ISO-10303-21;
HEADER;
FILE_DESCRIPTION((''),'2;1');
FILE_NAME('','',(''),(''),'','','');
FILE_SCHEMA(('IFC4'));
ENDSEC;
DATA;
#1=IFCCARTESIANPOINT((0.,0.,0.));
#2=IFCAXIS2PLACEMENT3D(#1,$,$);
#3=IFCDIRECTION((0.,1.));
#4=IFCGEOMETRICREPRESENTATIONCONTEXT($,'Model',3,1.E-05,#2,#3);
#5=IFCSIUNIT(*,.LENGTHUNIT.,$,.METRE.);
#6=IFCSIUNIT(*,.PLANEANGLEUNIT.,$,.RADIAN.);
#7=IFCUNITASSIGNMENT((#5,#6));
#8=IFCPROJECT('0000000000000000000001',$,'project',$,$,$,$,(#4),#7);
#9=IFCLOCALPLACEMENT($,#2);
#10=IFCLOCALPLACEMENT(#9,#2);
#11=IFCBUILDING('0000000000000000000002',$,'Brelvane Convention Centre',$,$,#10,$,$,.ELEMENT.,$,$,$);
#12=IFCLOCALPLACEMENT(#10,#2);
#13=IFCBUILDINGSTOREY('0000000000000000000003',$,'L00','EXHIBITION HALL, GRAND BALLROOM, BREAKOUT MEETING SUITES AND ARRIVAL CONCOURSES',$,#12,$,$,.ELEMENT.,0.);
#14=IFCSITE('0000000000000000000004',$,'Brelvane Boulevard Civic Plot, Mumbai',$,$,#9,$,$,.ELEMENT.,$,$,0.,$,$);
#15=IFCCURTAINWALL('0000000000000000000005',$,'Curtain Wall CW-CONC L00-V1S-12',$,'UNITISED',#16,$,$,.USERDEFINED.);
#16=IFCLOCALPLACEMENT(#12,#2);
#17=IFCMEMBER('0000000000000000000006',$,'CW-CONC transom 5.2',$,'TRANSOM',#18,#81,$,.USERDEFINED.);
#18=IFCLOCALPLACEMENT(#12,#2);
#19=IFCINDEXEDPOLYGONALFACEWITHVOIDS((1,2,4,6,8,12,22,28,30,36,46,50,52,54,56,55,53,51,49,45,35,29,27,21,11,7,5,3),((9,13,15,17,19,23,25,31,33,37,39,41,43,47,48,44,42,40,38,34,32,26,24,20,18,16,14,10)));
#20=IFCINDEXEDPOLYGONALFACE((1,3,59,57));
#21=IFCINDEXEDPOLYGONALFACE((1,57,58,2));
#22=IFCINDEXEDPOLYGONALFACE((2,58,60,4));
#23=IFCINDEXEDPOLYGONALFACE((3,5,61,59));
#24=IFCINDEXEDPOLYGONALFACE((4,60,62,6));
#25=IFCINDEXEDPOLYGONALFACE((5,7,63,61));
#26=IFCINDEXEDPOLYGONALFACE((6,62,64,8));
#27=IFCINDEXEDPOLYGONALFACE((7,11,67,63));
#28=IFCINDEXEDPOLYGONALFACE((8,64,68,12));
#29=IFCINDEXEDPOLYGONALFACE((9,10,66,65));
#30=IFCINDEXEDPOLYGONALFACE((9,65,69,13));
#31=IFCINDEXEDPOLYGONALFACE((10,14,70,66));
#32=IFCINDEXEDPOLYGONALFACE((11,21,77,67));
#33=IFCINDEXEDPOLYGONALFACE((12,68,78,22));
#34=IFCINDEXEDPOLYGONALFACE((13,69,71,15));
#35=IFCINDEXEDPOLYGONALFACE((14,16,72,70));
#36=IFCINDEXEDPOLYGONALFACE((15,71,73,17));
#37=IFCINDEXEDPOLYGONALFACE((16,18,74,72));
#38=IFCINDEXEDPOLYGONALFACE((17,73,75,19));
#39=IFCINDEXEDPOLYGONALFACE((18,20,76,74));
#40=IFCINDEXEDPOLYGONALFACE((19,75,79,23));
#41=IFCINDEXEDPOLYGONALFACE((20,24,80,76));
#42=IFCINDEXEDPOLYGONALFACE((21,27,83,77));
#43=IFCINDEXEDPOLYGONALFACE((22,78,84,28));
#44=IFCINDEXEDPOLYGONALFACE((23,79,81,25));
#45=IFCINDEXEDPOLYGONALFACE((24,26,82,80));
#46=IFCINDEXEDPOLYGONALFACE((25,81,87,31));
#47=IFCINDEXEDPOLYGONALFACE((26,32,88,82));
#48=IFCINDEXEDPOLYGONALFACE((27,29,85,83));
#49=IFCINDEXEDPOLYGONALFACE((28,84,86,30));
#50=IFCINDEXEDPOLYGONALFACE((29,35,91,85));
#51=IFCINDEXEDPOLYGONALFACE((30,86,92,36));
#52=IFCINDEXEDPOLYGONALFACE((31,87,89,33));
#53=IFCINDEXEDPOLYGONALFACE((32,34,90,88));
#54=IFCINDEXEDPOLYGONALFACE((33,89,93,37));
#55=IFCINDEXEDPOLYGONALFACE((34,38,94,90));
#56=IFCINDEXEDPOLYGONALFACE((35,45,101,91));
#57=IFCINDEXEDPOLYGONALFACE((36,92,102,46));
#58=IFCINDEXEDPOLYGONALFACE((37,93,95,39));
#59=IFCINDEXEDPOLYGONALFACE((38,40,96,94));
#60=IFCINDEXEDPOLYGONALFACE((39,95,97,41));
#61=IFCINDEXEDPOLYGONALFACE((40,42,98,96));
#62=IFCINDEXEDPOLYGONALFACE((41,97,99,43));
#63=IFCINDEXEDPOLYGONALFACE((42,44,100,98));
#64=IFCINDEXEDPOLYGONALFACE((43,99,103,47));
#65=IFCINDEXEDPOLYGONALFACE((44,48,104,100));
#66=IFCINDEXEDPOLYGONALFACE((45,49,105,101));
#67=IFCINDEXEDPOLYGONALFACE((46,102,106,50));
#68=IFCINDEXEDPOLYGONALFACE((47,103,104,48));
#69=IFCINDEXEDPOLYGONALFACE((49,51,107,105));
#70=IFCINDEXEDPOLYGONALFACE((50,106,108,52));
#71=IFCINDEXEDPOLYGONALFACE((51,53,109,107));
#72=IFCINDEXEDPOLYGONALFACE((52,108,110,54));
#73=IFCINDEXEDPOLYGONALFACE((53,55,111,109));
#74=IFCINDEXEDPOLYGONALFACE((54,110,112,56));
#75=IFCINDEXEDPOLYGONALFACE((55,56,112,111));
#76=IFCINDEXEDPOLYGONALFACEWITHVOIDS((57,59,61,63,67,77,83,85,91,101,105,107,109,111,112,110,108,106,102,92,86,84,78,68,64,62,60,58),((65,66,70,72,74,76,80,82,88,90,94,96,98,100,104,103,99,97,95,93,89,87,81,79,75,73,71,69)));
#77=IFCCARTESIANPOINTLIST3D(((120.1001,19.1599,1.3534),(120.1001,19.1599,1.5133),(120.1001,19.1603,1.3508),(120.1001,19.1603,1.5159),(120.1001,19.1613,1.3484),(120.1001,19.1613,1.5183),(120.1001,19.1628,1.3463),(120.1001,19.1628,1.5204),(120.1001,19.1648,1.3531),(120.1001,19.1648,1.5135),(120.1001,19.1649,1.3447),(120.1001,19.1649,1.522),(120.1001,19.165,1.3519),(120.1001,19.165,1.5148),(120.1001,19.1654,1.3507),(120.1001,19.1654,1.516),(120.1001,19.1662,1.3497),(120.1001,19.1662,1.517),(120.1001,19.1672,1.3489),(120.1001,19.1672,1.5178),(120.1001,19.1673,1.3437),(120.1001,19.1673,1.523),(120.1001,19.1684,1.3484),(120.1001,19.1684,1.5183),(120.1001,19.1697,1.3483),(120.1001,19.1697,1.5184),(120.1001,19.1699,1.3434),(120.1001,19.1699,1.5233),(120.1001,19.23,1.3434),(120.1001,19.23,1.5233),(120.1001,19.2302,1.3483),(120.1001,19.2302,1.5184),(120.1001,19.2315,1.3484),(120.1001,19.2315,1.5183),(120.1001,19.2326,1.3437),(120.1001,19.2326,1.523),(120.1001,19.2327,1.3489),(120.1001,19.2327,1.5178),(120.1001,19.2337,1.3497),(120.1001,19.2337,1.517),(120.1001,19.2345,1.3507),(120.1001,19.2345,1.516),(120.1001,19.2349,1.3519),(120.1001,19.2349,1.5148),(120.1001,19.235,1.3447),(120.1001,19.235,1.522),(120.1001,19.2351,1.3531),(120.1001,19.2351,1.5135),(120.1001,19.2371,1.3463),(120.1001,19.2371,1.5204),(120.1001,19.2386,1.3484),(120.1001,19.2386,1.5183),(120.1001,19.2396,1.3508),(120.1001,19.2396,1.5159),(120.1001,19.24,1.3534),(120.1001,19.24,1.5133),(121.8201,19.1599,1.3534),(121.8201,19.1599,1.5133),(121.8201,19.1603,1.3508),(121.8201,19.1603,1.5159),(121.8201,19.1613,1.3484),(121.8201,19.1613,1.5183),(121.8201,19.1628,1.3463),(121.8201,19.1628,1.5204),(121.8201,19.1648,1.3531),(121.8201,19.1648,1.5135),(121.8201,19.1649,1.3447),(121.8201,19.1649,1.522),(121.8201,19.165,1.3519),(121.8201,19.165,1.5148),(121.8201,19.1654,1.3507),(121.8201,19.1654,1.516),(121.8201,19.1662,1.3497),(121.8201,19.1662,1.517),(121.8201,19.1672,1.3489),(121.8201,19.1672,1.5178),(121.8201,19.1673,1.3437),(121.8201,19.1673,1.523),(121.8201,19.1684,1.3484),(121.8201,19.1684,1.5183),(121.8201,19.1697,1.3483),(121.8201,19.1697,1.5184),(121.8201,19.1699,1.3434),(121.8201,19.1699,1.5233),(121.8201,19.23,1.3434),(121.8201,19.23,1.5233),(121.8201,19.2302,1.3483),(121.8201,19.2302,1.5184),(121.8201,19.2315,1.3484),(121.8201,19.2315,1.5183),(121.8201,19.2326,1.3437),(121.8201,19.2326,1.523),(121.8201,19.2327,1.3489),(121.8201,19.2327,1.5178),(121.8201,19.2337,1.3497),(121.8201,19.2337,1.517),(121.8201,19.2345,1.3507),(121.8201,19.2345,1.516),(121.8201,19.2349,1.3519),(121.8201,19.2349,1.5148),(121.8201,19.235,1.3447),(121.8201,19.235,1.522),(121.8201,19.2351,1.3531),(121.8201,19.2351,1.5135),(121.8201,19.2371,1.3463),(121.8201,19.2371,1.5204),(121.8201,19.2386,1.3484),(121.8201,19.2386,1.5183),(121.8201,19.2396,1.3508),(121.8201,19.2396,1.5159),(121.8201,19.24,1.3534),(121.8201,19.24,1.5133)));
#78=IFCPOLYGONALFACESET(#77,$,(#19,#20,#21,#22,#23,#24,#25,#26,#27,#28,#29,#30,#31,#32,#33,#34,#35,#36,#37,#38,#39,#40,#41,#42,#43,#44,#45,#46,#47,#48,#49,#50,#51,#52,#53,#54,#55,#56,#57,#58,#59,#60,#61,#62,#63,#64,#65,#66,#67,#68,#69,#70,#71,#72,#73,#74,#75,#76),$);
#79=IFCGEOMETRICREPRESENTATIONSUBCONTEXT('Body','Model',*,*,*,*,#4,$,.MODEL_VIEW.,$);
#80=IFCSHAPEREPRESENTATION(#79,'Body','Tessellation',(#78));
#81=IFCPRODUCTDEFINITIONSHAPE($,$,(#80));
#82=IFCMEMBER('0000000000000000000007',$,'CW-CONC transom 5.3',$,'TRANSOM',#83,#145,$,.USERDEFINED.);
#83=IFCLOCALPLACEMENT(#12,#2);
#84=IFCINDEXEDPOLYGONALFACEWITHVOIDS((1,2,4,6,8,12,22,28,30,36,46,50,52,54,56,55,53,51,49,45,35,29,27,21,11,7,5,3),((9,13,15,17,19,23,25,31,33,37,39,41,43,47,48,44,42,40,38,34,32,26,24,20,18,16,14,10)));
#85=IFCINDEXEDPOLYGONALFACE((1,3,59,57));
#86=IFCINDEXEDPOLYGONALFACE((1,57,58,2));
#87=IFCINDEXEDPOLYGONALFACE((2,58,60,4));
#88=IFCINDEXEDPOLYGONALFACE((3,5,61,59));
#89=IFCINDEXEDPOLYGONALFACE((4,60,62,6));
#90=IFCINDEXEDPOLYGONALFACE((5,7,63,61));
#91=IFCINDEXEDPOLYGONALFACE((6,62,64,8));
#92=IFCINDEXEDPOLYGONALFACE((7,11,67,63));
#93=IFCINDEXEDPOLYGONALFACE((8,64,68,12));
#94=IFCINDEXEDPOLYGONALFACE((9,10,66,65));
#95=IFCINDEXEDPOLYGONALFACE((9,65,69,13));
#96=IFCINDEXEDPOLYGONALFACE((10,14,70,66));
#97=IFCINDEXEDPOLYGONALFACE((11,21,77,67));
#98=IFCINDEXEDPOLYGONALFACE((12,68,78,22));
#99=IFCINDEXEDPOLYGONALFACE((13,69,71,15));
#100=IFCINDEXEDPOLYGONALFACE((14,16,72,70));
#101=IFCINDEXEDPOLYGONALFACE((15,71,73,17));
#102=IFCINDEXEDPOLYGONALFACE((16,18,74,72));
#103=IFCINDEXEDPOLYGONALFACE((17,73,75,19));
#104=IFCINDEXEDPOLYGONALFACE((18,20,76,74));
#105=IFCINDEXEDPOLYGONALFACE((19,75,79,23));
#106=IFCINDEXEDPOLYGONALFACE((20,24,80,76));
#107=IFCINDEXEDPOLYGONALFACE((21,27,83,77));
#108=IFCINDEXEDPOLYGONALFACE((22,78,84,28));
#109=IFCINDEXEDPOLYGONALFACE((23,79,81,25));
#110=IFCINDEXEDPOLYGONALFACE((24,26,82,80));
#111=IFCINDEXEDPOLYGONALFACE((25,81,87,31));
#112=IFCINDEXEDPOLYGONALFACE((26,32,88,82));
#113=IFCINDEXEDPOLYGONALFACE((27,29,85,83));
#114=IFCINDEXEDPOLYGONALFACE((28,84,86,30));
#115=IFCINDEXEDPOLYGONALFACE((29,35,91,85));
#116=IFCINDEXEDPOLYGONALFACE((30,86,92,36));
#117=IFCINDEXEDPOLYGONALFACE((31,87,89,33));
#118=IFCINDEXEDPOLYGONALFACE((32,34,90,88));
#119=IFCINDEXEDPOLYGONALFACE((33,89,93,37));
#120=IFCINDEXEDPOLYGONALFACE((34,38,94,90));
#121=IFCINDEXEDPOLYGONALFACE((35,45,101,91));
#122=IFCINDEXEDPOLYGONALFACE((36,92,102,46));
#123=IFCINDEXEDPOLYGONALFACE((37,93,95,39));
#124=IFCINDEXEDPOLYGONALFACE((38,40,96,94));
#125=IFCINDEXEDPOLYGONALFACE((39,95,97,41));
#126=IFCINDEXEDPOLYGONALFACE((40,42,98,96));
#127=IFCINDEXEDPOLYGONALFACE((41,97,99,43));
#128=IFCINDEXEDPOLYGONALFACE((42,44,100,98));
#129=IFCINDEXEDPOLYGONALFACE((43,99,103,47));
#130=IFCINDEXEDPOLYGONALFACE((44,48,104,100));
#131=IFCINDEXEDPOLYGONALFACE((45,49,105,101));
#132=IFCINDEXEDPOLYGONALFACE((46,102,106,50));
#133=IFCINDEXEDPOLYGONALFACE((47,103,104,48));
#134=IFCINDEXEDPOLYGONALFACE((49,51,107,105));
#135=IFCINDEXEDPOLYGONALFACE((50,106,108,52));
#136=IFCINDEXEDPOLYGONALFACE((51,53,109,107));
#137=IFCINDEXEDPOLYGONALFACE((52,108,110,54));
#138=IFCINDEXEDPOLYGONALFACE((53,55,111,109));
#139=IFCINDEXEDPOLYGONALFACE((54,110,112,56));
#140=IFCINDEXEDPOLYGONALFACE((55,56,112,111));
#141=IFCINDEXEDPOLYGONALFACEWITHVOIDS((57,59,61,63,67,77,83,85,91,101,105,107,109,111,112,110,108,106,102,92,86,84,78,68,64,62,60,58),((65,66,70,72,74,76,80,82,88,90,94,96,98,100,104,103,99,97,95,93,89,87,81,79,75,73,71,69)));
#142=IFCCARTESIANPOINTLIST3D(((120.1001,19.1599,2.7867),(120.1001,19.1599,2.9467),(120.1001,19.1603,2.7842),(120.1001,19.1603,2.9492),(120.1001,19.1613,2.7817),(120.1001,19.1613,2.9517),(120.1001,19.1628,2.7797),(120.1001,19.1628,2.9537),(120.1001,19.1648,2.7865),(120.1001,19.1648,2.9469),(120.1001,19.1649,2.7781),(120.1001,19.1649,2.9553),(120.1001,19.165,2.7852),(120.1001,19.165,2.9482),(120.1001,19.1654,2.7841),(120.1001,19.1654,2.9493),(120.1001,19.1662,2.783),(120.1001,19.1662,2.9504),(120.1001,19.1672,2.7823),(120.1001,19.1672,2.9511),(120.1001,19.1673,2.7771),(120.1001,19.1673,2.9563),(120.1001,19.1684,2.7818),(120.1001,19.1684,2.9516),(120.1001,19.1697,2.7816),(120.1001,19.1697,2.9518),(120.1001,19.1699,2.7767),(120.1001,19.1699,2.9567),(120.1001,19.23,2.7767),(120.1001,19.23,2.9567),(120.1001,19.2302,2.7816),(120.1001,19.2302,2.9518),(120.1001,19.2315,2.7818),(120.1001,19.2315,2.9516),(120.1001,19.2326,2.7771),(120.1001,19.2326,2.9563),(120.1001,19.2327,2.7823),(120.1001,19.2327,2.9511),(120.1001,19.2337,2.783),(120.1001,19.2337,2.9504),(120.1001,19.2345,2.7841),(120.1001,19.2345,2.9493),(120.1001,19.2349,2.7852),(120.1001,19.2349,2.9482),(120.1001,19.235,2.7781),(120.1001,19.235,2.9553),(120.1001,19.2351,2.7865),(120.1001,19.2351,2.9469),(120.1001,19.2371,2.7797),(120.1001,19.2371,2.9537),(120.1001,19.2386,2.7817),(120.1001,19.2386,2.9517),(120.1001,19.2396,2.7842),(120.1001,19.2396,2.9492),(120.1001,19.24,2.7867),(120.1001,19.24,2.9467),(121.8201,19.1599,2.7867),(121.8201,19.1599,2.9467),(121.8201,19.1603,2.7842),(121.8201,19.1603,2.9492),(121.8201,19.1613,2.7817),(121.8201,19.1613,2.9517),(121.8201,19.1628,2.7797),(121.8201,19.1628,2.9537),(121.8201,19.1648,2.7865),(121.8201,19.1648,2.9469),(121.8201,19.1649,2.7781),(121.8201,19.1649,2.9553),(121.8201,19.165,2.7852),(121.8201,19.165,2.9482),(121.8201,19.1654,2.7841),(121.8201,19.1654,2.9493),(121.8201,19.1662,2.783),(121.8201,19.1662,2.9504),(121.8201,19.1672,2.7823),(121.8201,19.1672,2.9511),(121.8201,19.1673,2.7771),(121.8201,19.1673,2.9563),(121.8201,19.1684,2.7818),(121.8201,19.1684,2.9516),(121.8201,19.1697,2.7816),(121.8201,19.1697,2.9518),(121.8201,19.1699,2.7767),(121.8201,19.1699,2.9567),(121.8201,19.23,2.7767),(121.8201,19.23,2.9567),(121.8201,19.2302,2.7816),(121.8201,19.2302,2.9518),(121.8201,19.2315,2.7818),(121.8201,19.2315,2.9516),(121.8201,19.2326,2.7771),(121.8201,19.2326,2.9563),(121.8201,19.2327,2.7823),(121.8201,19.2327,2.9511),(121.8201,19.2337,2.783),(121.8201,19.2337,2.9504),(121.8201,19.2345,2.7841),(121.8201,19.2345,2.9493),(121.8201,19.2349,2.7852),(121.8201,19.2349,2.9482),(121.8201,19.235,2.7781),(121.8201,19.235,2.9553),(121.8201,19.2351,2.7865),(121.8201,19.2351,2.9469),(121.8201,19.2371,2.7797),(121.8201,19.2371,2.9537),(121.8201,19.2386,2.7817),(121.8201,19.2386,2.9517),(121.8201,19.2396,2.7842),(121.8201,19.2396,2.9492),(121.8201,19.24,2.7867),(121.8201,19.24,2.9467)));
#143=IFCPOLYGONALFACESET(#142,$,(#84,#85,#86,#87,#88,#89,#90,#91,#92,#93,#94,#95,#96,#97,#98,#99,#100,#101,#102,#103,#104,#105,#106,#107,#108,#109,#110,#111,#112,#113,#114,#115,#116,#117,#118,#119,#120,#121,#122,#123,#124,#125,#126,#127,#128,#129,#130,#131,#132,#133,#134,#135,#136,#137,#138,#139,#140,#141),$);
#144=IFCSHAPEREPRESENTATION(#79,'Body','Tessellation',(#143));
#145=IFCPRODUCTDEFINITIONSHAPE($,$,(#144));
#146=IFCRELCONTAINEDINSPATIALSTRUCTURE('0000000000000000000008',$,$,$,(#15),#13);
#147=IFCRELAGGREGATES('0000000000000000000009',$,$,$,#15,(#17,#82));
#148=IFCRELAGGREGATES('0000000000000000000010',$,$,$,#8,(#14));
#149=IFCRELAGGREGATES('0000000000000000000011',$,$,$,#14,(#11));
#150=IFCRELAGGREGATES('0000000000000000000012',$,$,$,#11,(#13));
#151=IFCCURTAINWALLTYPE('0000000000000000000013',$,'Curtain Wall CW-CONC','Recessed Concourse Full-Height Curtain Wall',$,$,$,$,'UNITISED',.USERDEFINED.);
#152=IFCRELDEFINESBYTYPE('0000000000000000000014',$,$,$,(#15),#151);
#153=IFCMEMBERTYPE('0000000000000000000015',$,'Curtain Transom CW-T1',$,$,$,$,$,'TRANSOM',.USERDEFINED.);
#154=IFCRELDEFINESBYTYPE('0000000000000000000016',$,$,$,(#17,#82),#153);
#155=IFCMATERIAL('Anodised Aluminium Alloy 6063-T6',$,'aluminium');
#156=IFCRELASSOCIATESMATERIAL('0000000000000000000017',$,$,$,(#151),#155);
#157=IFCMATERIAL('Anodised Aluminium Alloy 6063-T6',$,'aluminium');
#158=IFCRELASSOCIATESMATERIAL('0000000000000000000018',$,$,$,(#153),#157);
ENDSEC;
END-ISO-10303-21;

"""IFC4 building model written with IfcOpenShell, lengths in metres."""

from ifc_helpers import new_model, si_unit, direction, frame, origin, origin_2d, place, context, subcontext, project, spatial, hollow_rectangle, extrude, material, material_profile, profile_set, type_object, element, aggregate, save


model = new_model("IFC4")

# Units and contexts
model_context = context("Model", 3, precision=1e-05, world=origin(), true_north=direction((0.0, 1.0)))
body_context = subcontext(model_context, "Body", "Model", "MODEL_VIEW")
ifc_project = project(units=[si_unit("LENGTHUNIT", "METRE"), si_unit("PLANEANGLEUNIT", "RADIAN")], contexts=[model_context])

# Site, building, storey
site_placement = place(None, origin())
site = spatial("IfcSite", under=ifc_project, at=site_placement, Name="Brelvane Boulevard Civic Plot, Mumbai", CompositionType="ELEMENT", RefElevation=0.0)
building_placement = place(site_placement, origin())
building = spatial("IfcBuilding", under=site, at=building_placement, Name="Brelvane Convention Centre", CompositionType="ELEMENT")
storey_placement = place(building_placement, origin())
storey = spatial("IfcBuildingStorey", under=building, at=storey_placement, Name="L00", Description="EXHIBITION HALL, GRAND BALLROOM, BREAKOUT MEETING SUITES AND ARRIVAL CONCOURSES", CompositionType="ELEMENT", Elevation=0.0)

# Curtain wall, members
ifc_material_1 = material(Name="Anodised Aluminium Alloy 6063-T6", Category="aluminium")
curtain_wall_type = type_object("IfcCurtainWallType", Name="Curtain Wall CW-CONC", Description="Recessed Concourse Full-Height Curtain Wall", ElementType="UNITISED", PredefinedType="USERDEFINED", material=ifc_material_1)
curtain_wall_placement = place(storey_placement, origin())
curtain_wall = element("IfcCurtainWall", 1, at=curtain_wall_placement, inside=storey, type_object=curtain_wall_type, Name="Curtain Wall CW-CONC L00-V1S-12", ObjectType="UNITISED", PredefinedType="USERDEFINED")
ifc_material_2 = material(Name="Anodised Aluminium Alloy 6063-T6", Category="aluminium")
ifc_material_profile_1 = material_profile(ifc_material_2, hollow_rectangle(XDim=0.0801, YDim=0.1799, WallThickness=0.0049, InnerFilletRadius=0.0049, OuterFilletRadius=0.01, at=origin_2d()), Name="ALU-T 180x80x5.0")
ifc_profile_set_1 = profile_set([ifc_material_profile_1], Name="Anodised Aluminium Alloy 6063-T6")
member_type_1 = type_object("IfcMemberType", Name="Curtain Transom CW-T1", ElementType="TRANSOM", PredefinedType="USERDEFINED", material=ifc_profile_set_1)
member_1_placement = place(storey_placement, frame((120.1001, 19.2, 1.4333), z_axis=(1.0, 0.0, 0.0), x_axis=(0.0, 1.0, 0.0)))
member_1 = element("IfcMember", 2, at=member_1_placement, type_object=member_type_1, Name="CW-CONC transom 5.2", ObjectType="TRANSOM", PredefinedType="USERDEFINED", context=body_context, shape_type="SweptSolid", body=[
    extrude(hollow_rectangle(XDim=0.0801, YDim=0.1799, WallThickness=0.0049, InnerFilletRadius=0.0049, OuterFilletRadius=0.01, at=origin_2d()), origin(), (0.0, 0.0, 1.0), 1.72),
])
member_2_placement = place(storey_placement, frame((120.1001, 19.2, 2.8667), z_axis=(1.0, 0.0, 0.0), x_axis=(0.0, 1.0, 0.0)))
member_2 = element("IfcMember", 3, at=member_2_placement, type_object=member_type_1, Name="CW-CONC transom 5.3", ObjectType="TRANSOM", PredefinedType="USERDEFINED", context=body_context, shape_type="SweptSolid", body=[
    extrude(hollow_rectangle(XDim=0.0801, YDim=0.1799, WallThickness=0.0049, InnerFilletRadius=0.0049, OuterFilletRadius=0.01, at=origin_2d()), origin(), (0.0, 0.0, 1.0), 1.72),
])
aggregate(curtain_wall, [member_1, member_2])

save(model, "model.ifc")
